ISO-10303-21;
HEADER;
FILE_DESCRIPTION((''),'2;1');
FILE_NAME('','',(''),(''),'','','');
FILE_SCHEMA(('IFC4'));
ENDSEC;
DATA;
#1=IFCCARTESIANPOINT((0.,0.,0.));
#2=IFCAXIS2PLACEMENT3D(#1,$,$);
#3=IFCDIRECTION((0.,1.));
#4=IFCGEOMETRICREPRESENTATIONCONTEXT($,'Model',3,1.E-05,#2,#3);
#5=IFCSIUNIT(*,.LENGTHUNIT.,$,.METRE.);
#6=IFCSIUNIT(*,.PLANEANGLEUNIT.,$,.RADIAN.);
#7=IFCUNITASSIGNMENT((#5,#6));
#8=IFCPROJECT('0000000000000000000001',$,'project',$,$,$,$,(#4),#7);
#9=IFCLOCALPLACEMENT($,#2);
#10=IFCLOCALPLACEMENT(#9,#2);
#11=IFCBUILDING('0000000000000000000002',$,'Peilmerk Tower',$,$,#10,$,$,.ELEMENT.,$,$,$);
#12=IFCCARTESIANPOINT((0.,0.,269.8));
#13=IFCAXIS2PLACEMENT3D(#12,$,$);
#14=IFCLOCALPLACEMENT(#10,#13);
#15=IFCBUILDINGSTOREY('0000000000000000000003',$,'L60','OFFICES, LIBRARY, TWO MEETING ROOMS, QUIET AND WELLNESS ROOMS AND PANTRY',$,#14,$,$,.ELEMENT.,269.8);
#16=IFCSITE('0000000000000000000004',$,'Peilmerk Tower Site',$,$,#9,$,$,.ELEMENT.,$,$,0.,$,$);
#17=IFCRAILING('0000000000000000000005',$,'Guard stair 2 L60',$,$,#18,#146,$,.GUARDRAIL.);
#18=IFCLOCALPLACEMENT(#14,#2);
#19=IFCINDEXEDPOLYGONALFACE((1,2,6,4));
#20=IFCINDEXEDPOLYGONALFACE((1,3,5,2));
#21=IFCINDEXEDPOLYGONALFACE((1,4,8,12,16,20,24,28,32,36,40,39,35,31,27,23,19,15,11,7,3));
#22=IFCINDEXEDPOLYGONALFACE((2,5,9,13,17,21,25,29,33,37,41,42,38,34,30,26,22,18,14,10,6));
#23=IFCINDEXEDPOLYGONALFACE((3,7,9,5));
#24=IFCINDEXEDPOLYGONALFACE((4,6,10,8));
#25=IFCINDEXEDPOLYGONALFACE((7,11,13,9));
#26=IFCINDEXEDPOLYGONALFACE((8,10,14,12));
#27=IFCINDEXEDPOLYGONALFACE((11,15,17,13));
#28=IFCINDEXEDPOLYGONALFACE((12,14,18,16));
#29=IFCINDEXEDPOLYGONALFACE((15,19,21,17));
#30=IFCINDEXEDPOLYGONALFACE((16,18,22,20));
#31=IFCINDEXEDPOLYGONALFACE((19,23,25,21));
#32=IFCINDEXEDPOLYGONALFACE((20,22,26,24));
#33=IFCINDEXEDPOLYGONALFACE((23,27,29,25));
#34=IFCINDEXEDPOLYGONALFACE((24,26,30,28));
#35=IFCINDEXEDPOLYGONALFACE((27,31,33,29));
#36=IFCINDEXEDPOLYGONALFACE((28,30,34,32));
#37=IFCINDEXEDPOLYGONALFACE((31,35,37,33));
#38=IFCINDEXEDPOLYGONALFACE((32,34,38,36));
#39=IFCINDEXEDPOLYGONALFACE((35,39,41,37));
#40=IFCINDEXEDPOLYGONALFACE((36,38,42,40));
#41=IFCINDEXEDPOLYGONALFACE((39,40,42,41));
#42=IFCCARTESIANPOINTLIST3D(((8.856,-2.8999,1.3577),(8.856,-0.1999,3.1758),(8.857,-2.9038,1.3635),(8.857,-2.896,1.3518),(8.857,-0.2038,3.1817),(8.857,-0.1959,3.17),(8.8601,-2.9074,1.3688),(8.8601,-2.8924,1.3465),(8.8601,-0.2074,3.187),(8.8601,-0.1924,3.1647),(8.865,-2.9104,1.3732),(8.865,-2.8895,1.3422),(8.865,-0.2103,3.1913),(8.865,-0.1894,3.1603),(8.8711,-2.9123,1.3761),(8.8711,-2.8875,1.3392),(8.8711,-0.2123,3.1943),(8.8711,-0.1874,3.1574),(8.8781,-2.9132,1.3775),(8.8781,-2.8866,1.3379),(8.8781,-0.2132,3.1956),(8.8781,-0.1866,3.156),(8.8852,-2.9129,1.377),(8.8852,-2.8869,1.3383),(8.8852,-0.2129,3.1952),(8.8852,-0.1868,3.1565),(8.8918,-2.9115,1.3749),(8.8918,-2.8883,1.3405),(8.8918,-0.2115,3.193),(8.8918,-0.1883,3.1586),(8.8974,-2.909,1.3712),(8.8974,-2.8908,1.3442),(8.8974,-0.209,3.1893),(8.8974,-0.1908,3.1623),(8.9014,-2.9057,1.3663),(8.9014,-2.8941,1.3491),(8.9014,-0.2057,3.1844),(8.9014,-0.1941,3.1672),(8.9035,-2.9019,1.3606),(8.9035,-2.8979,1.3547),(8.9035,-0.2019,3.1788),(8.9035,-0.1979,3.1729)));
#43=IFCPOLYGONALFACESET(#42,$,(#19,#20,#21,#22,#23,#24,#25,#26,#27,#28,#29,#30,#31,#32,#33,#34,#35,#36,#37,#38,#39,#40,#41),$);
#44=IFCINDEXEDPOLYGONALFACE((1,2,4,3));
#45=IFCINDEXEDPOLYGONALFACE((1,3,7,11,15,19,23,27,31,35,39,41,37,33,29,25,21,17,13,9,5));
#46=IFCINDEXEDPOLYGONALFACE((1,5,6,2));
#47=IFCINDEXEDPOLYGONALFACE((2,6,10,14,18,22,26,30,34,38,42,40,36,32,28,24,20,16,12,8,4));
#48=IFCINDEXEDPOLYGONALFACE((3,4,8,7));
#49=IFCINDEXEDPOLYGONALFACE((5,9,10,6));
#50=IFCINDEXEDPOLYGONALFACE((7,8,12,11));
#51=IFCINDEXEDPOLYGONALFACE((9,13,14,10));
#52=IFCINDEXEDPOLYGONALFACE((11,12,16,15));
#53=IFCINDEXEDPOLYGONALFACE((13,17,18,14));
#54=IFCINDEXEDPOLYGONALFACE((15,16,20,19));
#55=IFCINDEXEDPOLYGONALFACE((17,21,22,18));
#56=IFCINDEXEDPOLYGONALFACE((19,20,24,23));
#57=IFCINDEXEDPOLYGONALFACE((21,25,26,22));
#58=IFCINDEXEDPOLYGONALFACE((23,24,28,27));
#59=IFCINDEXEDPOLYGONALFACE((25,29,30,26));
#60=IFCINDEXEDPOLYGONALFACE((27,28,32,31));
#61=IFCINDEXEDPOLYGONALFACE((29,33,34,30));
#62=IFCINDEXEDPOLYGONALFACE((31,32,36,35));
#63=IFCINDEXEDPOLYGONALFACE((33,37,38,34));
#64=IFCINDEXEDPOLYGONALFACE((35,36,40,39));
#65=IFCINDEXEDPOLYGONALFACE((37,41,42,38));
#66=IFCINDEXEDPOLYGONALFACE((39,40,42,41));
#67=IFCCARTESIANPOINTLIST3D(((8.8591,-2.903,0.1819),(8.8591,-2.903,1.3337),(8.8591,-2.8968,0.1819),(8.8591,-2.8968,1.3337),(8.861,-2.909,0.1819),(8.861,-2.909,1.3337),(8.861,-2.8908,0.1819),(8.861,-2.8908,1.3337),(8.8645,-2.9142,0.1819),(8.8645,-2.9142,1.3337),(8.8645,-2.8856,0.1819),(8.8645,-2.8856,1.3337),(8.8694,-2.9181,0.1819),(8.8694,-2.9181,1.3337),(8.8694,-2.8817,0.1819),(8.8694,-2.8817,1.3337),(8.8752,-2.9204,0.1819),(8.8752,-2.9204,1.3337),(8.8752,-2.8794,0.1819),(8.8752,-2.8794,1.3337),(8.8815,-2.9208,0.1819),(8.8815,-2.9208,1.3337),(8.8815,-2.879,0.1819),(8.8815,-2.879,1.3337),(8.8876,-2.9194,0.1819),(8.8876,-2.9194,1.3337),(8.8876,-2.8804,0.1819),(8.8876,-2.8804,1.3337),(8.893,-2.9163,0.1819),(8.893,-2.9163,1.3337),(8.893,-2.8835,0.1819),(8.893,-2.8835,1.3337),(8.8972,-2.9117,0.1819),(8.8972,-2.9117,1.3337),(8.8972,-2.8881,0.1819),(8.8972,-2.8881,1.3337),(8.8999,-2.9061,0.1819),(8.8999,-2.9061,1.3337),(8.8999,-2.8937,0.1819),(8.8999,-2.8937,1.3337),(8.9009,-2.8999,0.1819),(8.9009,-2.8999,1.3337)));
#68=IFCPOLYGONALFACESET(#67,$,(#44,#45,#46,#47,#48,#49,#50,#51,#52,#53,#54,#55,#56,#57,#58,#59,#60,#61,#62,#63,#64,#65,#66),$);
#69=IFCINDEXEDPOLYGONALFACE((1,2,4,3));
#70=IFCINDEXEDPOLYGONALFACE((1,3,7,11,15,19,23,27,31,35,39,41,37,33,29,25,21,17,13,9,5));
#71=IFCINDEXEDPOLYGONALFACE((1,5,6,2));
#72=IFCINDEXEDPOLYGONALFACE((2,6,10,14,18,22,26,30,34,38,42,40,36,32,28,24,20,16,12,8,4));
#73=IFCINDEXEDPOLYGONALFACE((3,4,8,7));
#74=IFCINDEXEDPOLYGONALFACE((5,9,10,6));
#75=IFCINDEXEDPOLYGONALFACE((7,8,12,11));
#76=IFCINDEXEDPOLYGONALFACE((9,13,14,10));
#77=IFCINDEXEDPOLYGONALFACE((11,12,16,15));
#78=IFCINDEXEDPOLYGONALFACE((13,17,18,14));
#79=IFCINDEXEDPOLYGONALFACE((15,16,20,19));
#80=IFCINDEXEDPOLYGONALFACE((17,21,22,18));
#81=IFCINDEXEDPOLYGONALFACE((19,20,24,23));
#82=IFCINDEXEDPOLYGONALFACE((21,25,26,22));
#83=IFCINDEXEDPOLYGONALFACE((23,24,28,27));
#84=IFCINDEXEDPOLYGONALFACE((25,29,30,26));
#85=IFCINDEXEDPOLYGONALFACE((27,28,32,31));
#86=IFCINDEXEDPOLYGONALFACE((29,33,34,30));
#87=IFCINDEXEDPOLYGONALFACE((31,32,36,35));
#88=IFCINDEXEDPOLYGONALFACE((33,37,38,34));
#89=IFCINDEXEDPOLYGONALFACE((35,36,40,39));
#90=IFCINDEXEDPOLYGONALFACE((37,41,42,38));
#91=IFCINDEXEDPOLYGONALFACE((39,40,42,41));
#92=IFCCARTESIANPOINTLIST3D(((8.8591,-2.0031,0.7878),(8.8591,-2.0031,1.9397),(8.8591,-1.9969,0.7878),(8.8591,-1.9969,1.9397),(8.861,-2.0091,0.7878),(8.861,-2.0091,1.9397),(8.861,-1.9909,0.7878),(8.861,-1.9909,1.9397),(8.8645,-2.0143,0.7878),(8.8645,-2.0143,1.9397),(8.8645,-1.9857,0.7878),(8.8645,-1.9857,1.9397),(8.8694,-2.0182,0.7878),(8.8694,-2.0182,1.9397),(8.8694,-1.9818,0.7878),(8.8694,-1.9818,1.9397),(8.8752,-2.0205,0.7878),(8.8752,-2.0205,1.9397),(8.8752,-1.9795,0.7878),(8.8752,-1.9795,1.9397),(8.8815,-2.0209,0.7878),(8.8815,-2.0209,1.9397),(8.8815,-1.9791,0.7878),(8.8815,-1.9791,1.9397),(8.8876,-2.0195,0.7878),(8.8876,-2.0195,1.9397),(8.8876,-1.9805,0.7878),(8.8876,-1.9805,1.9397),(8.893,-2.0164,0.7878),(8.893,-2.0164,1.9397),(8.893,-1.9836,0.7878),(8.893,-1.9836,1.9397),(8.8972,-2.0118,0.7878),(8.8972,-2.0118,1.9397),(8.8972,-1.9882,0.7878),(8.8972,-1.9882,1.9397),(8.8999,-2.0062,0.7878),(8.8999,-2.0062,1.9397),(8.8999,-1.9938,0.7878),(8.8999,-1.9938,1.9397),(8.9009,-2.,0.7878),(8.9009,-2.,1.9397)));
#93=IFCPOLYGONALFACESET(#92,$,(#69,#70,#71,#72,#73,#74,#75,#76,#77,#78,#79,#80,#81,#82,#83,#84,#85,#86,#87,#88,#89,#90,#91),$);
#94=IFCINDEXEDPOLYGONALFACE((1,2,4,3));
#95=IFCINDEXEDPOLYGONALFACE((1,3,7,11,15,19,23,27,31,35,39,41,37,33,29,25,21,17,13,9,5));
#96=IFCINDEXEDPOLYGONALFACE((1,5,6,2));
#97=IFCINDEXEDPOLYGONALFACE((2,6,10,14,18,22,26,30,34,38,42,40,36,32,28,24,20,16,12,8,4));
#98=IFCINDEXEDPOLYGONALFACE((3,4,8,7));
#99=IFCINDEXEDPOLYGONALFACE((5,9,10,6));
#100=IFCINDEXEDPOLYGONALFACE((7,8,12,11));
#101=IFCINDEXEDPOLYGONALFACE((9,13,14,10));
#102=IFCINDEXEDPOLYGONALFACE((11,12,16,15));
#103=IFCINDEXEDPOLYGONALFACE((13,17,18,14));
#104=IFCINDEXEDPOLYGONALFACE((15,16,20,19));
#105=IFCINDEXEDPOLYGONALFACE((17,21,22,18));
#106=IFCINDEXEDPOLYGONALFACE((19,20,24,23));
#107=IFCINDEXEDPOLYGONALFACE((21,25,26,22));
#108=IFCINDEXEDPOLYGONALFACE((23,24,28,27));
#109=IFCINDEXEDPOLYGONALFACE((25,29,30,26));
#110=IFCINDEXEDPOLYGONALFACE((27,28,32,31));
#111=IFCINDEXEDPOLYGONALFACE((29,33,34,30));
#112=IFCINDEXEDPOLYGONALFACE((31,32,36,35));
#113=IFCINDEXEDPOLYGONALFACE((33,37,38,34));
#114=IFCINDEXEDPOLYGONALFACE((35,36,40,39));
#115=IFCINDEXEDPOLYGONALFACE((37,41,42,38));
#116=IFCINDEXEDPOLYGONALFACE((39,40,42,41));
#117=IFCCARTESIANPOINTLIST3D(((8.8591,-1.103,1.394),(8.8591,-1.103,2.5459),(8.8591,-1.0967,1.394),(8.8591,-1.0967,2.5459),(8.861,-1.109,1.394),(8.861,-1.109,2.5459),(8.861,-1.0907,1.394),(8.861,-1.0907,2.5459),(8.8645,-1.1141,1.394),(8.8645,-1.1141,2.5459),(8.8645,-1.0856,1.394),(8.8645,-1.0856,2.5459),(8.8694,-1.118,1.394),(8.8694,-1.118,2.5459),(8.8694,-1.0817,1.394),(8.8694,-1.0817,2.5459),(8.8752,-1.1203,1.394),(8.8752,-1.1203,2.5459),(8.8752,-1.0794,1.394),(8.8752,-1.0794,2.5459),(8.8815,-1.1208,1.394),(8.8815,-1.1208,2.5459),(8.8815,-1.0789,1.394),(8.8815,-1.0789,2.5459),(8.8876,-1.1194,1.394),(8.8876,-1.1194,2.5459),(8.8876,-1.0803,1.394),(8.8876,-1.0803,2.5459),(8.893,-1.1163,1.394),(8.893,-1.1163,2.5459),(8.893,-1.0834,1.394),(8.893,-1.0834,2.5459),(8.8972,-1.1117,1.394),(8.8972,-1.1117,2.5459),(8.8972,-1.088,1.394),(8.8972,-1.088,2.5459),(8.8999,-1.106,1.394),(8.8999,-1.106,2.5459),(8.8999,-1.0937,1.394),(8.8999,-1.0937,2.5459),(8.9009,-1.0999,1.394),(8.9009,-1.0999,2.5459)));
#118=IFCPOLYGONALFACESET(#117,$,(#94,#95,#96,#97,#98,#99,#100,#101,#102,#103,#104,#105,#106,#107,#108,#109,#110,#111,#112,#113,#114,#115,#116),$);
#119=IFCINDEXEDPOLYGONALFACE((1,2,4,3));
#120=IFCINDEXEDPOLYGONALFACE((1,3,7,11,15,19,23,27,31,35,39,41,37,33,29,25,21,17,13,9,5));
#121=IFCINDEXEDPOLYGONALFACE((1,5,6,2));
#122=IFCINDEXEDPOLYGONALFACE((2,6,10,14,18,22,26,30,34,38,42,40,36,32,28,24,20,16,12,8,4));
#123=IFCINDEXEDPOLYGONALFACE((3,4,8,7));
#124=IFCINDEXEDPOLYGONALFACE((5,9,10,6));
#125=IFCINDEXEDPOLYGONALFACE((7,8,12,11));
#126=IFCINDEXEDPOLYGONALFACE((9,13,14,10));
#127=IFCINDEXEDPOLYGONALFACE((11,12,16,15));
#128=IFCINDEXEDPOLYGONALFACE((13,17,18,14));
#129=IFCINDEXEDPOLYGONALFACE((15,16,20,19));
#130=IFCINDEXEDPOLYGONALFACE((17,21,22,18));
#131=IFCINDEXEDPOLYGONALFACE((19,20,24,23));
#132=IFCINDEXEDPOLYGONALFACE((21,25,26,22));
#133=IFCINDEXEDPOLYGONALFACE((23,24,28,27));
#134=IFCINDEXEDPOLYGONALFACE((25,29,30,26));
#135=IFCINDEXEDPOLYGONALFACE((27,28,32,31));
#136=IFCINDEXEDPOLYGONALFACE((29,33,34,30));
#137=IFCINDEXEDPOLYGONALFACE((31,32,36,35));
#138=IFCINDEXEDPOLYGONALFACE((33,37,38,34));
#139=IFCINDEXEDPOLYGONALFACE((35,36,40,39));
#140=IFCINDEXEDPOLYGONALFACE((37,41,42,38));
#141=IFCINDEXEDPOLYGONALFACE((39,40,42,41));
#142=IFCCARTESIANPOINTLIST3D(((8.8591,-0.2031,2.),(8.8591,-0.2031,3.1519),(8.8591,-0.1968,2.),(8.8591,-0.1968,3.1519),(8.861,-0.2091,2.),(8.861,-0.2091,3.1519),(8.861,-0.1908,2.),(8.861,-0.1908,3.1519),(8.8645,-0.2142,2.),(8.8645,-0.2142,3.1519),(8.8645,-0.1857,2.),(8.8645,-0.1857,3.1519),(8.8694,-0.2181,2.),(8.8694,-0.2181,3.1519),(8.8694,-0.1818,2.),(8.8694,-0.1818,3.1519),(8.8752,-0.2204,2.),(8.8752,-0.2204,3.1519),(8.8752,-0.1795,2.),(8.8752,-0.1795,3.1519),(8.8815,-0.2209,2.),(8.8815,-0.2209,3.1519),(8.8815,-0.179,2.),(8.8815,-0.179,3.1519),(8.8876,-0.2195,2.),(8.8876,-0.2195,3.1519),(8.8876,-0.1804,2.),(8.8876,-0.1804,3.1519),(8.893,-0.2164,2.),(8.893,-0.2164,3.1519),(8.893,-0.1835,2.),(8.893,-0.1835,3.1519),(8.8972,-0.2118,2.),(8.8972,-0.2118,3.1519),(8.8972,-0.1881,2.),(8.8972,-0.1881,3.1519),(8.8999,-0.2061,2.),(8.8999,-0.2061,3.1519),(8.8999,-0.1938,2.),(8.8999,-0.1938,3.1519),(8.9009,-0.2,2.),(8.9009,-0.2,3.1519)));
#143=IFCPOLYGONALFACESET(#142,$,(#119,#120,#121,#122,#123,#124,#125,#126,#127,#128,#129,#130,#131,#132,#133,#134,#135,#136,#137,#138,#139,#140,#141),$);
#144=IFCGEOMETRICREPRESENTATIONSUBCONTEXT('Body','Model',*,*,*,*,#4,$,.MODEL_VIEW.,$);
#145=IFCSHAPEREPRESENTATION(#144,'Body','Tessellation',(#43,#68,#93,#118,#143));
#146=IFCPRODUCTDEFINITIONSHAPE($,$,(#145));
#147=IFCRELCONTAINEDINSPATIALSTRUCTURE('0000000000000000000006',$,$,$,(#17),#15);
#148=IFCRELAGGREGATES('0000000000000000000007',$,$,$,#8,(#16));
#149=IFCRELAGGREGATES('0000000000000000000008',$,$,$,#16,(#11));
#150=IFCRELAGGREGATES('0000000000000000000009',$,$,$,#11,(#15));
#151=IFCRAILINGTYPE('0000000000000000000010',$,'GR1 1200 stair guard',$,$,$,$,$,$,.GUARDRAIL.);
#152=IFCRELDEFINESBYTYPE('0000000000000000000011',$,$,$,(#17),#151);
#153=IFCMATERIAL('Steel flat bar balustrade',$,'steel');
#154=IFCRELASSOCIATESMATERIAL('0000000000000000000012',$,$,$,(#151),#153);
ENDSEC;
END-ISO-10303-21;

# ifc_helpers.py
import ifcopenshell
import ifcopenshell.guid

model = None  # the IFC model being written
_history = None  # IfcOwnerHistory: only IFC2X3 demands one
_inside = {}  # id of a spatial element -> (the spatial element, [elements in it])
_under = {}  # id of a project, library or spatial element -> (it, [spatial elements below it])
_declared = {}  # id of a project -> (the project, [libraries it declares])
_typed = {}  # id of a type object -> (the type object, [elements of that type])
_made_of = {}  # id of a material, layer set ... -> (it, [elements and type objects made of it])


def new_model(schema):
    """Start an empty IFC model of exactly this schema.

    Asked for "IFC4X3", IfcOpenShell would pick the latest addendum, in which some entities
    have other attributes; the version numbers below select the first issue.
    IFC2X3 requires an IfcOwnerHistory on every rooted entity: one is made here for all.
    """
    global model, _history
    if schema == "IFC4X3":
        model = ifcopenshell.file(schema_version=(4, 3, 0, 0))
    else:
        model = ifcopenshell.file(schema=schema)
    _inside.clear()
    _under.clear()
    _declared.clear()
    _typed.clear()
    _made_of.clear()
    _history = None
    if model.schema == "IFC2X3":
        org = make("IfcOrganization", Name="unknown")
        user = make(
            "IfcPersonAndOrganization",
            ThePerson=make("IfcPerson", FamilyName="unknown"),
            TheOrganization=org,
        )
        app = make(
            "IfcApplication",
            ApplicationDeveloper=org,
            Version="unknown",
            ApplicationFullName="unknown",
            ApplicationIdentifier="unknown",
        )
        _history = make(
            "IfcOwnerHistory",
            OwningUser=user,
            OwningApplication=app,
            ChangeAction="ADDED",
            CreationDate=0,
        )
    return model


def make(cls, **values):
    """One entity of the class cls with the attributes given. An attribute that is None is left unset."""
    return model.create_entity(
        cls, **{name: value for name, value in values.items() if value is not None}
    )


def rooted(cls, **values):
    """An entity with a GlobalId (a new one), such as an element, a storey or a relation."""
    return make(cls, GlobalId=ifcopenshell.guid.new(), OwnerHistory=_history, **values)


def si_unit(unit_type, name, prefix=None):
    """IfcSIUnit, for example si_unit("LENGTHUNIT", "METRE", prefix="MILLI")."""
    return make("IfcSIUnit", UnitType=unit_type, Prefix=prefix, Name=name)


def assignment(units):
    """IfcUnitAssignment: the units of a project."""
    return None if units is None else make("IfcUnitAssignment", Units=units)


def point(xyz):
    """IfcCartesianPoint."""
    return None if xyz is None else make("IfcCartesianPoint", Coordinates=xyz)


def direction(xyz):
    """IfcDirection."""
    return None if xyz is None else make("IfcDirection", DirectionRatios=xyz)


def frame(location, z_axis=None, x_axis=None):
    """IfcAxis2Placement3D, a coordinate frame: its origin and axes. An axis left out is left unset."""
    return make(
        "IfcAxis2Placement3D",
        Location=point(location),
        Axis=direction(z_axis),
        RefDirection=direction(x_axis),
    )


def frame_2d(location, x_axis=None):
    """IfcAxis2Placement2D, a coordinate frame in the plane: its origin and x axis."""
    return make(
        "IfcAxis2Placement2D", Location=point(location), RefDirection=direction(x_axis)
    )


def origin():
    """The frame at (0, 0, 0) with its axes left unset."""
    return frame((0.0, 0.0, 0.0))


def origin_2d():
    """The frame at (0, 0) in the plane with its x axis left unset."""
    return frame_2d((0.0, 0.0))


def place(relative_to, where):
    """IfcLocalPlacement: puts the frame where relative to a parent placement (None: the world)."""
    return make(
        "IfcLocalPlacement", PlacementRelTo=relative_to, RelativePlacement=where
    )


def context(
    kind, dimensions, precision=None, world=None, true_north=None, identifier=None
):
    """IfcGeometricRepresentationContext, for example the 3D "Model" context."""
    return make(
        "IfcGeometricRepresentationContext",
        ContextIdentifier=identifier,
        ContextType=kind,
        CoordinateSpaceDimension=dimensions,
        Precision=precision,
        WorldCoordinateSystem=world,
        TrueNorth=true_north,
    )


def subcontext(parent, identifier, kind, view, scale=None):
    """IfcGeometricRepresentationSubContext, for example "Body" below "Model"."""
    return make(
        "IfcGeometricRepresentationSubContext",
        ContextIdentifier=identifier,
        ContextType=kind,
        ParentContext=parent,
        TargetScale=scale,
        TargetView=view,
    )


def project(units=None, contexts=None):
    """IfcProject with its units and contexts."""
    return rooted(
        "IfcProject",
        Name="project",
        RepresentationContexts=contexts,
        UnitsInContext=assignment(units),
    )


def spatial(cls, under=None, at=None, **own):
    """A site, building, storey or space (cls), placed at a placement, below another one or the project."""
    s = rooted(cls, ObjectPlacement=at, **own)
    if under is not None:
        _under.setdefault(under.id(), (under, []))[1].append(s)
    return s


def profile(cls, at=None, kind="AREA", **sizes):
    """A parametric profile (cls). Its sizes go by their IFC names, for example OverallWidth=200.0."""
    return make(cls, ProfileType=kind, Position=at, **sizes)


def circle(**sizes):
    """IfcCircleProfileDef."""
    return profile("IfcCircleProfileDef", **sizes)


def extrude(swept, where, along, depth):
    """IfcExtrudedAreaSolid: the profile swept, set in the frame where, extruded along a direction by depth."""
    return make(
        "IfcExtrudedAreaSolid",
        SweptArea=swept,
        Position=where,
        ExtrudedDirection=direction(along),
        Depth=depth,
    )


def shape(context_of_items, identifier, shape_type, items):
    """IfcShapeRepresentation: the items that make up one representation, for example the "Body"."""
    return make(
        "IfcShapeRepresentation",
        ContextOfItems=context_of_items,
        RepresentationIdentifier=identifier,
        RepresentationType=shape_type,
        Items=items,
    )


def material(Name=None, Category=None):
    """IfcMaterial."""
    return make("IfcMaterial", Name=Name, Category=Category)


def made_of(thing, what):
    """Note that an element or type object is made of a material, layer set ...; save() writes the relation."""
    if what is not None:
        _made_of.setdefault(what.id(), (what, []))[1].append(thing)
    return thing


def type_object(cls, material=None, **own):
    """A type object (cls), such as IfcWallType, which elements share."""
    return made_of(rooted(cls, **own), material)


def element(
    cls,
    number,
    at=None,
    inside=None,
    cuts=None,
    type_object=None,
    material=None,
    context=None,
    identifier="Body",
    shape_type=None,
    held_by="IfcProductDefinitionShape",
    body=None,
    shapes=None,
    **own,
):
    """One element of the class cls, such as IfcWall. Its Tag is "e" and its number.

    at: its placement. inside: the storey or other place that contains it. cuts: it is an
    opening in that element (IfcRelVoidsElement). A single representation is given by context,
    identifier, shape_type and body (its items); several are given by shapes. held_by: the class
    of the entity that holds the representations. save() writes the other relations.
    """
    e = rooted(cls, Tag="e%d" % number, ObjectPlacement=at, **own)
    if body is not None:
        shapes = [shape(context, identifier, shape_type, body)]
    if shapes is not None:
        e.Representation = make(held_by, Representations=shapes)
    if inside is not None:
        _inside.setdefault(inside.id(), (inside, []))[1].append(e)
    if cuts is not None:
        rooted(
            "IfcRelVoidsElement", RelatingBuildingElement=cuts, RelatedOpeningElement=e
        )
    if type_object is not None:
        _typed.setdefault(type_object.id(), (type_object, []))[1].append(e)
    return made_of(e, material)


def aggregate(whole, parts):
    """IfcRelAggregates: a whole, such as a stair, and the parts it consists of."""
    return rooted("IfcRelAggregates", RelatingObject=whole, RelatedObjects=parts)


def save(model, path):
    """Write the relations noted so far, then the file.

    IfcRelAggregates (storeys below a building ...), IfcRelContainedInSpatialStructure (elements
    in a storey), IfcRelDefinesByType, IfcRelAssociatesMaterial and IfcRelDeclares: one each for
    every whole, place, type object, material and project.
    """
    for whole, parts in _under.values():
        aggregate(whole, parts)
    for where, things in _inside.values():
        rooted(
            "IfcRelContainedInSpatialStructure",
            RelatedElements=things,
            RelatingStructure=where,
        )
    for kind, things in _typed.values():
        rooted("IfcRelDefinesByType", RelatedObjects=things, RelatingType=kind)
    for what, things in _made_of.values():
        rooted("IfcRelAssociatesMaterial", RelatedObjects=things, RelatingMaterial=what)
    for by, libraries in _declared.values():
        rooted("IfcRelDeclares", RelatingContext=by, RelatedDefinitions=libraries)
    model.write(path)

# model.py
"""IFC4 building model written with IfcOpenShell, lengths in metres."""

from ifc_helpers import new_model, si_unit, direction, frame, origin, origin_2d, place, context, subcontext, project, spatial, circle, extrude, material, type_object, element, save


model = new_model("IFC4")

# Units and contexts
model_context = context("Model", 3, precision=1e-05, world=origin(), true_north=direction((0.0, 1.0)))
body_context = subcontext(model_context, "Body", "Model", "MODEL_VIEW")
ifc_project = project(units=[si_unit("LENGTHUNIT", "METRE"), si_unit("PLANEANGLEUNIT", "RADIAN")], contexts=[model_context])

# Site, building, storey
site_placement = place(None, origin())
site = spatial("IfcSite", under=ifc_project, at=site_placement, Name="Peilmerk Tower Site", CompositionType="ELEMENT", RefElevation=0.0)
building_placement = place(site_placement, origin())
building = spatial("IfcBuilding", under=site, at=building_placement, Name="Peilmerk Tower", CompositionType="ELEMENT")
storey_placement = place(building_placement, frame((0.0, 0.0, 269.8)))
storey = spatial("IfcBuildingStorey", under=building, at=storey_placement, Name="L60", Description="OFFICES, LIBRARY, TWO MEETING ROOMS, QUIET AND WELLNESS ROOMS AND PANTRY", CompositionType="ELEMENT", Elevation=269.8)

# Railing
ifc_material_1 = material(Name="Steel flat bar balustrade", Category="steel")
railing_type_1 = type_object("IfcRailingType", Name="GR1 1200 stair guard", PredefinedType="GUARDRAIL", material=ifc_material_1)
railing_1_placement = place(storey_placement, frame((8.8799, -2.8999, 0.1819)))
element("IfcRailing", 1, at=railing_1_placement, inside=storey, type_object=railing_type_1, Name="Guard stair 2 L60", PredefinedType="GUARDRAIL", context=body_context, shape_type="SweptSolid", body=[
    extrude(circle(Radius=0.0239, at=origin_2d()), frame((0.0, 0.0, 1.1758), z_axis=(0.0, 0.829468, 0.558554), x_axis=(-1.0, 0.0, 0.0)), (0.0, 0.0, 1.0), 3.2551),
    extrude(circle(Radius=0.021, at=origin_2d()), origin(), (0.0, 0.0, 1.0), 1.1519),
    extrude(circle(Radius=0.021, at=origin_2d()), frame((0.0, 0.8999, 0.606)), (0.0, 0.0, 1.0), 1.1519),
    extrude(circle(Radius=0.021, at=origin_2d()), frame((0.0, 1.8, 1.2122)), (0.0, 0.0, 1.0), 1.1519),
    extrude(circle(Radius=0.021, at=origin_2d()), frame((0.0, 2.7, 1.8181)), (0.0, 0.0, 1.0), 1.1519),
])

save(model, "model.ifc")
